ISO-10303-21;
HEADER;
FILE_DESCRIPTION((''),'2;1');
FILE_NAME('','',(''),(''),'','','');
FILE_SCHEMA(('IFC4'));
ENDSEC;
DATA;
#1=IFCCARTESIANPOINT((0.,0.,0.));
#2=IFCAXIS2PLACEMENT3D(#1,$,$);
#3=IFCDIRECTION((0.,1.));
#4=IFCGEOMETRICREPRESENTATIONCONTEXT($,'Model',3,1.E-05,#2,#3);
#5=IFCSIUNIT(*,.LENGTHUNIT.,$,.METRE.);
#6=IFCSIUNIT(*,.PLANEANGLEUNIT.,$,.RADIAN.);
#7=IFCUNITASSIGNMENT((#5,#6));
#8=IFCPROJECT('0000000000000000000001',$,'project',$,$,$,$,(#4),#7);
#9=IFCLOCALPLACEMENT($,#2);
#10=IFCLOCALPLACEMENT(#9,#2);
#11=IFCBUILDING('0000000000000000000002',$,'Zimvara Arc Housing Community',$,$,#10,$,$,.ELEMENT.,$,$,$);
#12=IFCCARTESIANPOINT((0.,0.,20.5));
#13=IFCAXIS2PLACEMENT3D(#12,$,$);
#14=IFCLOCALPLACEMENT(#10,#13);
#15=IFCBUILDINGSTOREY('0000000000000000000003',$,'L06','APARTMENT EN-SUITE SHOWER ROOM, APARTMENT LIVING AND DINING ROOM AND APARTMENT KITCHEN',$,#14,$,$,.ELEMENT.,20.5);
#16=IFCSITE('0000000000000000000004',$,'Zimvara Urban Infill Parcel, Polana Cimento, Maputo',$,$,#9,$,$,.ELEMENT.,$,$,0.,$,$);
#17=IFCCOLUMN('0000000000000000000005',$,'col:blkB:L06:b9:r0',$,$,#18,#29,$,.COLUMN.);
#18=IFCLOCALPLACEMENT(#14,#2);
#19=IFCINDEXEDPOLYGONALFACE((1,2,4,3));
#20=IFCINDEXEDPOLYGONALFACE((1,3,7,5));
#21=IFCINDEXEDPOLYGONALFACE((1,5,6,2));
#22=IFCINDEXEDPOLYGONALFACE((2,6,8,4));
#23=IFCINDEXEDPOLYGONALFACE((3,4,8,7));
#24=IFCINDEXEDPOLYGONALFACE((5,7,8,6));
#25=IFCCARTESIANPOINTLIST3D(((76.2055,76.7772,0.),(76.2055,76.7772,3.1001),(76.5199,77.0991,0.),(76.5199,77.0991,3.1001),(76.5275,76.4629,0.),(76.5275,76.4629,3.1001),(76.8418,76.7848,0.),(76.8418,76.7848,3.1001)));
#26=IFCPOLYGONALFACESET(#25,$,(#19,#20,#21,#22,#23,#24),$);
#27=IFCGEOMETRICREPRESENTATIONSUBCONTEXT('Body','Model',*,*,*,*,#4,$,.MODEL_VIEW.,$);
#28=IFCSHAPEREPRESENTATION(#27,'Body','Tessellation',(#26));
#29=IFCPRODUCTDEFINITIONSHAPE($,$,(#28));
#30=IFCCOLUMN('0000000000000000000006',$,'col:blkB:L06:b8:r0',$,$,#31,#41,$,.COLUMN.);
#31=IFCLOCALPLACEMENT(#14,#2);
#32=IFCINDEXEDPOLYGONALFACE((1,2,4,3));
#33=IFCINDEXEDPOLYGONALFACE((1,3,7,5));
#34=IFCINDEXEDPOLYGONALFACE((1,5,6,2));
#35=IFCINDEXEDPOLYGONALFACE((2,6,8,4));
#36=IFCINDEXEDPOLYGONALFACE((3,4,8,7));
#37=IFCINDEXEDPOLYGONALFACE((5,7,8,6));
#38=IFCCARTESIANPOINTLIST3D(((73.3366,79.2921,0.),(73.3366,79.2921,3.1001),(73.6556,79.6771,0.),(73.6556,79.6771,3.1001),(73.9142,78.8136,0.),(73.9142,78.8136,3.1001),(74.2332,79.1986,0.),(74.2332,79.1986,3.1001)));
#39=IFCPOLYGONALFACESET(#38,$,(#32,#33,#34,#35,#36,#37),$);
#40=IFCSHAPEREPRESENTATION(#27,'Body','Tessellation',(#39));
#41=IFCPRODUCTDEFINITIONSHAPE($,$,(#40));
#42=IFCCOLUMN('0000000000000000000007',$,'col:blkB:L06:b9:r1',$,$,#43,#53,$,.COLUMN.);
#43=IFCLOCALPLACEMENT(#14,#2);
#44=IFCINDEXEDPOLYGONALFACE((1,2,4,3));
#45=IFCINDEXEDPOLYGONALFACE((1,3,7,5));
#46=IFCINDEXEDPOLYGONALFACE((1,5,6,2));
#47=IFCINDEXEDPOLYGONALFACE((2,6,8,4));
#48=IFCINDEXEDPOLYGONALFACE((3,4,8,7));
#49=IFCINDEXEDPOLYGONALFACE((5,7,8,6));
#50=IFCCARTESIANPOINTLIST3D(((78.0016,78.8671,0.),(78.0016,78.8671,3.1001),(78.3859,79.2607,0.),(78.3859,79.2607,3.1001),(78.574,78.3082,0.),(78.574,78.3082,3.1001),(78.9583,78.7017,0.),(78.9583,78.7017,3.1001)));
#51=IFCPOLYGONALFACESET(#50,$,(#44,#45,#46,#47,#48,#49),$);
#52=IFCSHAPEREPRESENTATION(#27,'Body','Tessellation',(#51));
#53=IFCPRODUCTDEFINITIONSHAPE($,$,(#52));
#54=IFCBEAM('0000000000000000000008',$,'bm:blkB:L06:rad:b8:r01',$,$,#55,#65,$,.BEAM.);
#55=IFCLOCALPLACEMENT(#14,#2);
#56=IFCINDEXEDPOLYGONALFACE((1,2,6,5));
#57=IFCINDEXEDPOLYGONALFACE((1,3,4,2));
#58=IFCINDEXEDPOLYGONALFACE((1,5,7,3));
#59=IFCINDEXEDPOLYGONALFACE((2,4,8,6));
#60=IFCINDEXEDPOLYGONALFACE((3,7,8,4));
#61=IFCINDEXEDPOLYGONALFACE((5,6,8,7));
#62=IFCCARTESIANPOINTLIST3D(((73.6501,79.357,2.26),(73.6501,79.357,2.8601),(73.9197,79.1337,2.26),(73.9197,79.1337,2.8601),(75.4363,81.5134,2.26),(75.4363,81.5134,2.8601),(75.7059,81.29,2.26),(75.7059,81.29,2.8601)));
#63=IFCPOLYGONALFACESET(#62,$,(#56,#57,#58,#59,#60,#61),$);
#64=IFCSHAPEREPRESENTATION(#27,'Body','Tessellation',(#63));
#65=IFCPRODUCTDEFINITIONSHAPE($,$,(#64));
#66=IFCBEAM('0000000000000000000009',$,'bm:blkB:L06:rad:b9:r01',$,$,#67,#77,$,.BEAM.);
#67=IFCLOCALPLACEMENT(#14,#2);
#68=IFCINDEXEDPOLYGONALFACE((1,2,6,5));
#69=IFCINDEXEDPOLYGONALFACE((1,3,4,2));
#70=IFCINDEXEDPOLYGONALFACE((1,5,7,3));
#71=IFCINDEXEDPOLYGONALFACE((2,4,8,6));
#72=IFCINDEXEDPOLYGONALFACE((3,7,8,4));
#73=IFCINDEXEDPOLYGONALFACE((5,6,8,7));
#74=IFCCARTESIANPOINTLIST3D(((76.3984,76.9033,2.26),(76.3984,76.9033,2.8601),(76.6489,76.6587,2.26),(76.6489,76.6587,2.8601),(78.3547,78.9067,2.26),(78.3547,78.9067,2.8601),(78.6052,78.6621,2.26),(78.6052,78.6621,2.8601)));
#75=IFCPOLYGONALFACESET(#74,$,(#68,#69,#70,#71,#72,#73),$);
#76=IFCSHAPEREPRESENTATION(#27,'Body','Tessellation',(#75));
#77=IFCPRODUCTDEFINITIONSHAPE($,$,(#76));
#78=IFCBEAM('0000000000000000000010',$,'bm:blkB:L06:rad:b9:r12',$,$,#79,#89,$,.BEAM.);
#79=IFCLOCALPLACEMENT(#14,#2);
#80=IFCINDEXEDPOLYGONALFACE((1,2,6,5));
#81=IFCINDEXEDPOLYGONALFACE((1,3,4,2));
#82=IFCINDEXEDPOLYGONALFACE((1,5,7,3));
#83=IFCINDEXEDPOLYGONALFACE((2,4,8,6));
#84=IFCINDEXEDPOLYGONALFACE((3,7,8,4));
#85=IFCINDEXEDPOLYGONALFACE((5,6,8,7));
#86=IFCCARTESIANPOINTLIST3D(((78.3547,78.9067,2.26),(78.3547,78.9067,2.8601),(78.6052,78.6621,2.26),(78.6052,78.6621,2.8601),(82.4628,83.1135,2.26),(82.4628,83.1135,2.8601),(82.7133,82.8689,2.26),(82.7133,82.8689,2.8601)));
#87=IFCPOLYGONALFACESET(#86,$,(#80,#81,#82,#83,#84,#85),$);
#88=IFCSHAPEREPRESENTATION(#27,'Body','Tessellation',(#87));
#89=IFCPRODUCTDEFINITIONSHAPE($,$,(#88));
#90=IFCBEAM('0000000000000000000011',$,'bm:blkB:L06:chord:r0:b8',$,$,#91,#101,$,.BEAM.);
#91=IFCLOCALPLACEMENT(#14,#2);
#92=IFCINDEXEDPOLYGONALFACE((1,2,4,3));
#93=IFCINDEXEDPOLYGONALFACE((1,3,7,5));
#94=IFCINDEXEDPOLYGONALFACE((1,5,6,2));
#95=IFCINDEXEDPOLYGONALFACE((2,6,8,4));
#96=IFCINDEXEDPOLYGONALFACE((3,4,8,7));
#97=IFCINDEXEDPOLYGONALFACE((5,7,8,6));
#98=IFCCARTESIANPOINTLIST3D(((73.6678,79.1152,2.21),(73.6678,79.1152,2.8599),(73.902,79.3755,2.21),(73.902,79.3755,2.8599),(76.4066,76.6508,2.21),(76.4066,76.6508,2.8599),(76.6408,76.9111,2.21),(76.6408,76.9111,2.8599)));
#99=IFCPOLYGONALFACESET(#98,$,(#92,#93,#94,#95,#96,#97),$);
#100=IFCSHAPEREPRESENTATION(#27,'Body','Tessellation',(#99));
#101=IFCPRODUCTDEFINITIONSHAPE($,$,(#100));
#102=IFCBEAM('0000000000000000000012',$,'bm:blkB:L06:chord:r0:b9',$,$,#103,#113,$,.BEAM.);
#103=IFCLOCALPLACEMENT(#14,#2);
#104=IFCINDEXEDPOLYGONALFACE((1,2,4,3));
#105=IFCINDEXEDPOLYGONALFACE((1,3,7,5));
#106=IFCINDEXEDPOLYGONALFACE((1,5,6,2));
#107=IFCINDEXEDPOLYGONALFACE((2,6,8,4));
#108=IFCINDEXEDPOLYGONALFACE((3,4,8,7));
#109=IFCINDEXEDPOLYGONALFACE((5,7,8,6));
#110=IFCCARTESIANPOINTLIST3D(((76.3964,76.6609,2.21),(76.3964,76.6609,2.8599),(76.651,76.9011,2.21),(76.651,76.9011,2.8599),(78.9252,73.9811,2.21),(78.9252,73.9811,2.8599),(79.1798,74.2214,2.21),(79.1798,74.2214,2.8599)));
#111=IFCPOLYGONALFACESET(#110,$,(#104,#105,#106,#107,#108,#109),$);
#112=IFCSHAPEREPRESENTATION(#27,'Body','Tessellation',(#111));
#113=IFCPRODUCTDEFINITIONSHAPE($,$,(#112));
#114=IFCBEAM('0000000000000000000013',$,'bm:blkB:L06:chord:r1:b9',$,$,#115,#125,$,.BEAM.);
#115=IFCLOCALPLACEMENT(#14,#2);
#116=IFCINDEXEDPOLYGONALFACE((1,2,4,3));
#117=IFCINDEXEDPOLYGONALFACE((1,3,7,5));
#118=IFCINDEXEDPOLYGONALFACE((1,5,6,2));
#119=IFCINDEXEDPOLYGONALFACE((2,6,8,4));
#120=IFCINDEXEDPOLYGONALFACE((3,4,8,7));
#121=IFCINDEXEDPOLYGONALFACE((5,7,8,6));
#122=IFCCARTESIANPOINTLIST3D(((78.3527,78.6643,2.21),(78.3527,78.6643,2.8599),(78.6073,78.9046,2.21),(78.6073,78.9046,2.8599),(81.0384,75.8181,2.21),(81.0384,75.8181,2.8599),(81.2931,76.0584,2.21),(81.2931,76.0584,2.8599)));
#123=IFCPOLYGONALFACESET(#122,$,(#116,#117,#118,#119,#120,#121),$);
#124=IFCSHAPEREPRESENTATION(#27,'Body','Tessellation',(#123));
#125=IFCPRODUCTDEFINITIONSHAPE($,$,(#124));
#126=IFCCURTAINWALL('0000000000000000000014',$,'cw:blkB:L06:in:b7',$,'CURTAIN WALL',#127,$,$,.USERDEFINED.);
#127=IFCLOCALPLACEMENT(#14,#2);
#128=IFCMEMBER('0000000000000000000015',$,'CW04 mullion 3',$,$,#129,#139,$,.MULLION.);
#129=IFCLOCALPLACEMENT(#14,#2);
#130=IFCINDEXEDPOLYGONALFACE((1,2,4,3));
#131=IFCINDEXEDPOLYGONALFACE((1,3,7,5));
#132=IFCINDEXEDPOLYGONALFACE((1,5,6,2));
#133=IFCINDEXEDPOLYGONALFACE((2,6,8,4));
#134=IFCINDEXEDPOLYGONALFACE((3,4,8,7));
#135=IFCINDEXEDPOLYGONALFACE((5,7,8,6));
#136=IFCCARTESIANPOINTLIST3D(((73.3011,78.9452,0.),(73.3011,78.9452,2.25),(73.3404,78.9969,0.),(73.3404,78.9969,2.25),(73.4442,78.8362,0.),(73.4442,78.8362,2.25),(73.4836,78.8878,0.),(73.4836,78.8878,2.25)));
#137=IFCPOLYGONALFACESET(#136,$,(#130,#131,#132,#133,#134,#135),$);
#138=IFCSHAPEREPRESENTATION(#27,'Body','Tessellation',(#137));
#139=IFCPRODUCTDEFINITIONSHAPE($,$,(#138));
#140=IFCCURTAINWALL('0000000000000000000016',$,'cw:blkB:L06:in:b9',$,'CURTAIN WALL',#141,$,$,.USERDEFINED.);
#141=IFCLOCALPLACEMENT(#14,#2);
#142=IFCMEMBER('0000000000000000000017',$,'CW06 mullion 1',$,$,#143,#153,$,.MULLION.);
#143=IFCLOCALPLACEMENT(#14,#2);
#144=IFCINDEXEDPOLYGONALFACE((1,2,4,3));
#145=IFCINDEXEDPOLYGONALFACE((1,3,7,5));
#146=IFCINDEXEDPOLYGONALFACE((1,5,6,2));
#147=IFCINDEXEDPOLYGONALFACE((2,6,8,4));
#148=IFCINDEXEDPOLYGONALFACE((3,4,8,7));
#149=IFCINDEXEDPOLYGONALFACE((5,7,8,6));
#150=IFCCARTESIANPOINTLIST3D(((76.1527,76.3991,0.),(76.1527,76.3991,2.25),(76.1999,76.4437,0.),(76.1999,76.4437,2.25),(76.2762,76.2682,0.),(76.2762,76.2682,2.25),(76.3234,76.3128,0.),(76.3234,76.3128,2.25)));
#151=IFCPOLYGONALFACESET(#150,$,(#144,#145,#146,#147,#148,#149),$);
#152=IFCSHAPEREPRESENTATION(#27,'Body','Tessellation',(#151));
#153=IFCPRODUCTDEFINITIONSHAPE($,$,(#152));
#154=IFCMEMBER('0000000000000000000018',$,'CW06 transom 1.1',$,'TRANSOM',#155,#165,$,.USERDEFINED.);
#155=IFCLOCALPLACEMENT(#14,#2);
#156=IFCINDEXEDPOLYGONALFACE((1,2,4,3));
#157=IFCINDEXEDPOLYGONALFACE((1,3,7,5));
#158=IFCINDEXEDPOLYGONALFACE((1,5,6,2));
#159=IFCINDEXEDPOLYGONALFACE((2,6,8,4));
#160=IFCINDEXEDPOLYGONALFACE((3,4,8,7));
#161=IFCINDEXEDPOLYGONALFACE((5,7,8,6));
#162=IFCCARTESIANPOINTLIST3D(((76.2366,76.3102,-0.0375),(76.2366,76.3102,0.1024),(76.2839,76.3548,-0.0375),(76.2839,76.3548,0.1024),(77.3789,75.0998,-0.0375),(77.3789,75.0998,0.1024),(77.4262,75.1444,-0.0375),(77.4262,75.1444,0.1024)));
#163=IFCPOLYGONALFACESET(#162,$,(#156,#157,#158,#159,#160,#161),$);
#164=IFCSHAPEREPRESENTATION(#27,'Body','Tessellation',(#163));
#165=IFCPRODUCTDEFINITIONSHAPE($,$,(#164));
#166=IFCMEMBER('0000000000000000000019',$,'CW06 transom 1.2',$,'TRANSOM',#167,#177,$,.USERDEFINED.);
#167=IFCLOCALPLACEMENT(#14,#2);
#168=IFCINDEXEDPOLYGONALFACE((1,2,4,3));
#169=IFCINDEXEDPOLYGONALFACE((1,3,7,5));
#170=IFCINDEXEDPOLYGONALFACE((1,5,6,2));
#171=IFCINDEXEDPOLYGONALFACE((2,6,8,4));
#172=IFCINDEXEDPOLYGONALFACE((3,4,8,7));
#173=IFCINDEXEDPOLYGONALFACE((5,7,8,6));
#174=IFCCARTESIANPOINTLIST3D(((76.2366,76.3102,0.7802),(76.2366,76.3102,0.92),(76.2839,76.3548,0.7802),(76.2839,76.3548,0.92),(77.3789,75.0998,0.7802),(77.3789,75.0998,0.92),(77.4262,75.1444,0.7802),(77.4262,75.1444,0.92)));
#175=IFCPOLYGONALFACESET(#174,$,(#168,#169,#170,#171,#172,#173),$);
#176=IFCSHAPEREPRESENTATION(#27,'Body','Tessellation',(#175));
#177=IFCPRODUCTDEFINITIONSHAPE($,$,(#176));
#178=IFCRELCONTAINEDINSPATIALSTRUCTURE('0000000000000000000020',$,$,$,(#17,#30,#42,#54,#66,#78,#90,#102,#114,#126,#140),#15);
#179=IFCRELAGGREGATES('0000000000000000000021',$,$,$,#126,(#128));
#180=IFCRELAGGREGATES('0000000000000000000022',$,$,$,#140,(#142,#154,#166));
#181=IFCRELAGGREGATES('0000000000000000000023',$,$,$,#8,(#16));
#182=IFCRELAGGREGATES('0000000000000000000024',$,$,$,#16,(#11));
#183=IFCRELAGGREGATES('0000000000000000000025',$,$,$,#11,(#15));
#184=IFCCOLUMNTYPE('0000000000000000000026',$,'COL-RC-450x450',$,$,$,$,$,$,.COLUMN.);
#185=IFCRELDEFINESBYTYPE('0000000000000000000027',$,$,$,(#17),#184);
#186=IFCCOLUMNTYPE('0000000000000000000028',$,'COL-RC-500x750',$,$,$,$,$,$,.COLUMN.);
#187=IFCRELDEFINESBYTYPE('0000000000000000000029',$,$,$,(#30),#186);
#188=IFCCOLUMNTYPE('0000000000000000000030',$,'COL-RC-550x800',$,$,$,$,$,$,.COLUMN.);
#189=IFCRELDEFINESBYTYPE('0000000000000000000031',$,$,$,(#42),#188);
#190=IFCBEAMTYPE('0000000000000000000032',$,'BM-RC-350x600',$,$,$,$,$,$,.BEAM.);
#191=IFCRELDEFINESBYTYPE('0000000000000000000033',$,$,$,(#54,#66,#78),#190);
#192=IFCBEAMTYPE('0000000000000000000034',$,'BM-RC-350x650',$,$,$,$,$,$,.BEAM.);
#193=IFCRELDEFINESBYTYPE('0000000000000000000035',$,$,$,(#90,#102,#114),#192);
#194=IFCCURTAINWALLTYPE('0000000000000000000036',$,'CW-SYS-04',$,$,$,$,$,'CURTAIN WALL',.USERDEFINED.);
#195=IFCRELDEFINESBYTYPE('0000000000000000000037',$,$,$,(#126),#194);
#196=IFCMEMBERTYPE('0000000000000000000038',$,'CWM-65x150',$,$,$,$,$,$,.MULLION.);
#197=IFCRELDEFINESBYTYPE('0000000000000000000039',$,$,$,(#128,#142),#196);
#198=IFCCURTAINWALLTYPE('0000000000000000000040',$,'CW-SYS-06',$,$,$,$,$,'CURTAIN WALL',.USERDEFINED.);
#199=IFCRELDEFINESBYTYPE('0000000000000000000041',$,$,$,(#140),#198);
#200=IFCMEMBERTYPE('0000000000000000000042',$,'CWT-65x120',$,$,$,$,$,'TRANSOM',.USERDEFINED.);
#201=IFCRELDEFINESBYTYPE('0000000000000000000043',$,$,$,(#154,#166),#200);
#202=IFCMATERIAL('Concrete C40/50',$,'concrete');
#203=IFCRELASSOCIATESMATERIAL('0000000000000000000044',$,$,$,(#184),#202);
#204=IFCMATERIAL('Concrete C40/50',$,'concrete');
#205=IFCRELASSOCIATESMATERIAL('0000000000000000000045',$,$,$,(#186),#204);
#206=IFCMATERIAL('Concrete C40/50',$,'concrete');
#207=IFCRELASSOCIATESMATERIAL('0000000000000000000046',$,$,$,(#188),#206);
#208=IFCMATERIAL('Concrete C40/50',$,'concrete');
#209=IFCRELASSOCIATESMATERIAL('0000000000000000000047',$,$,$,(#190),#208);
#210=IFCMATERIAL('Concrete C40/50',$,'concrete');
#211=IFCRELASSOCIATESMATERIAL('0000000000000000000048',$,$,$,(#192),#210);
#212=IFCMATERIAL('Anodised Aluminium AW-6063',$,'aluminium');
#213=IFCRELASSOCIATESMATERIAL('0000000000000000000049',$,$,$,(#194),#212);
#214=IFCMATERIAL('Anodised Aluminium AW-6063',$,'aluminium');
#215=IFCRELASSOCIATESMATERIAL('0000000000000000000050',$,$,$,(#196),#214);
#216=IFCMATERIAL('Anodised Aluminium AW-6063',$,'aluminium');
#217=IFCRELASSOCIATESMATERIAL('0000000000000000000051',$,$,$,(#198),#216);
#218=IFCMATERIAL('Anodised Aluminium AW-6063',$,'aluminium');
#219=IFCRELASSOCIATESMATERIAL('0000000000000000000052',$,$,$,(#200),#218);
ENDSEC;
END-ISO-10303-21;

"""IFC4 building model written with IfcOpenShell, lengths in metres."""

from ifc_helpers import new_model, si_unit, direction, frame, origin, origin_2d, place, context, subcontext, project, spatial, rectangle, extrude, material, material_profile, profile_set, type_object, element, aggregate, save


model = new_model("IFC4")

# Units and contexts
model_context = context("Model", 3, precision=1e-05, world=origin(), true_north=direction((0.0, 1.0)))
body_context = subcontext(model_context, "Body", "Model", "MODEL_VIEW")
ifc_project = project(units=[si_unit("LENGTHUNIT", "METRE"), si_unit("PLANEANGLEUNIT", "RADIAN")], contexts=[model_context])

# Site, building, storey
site_placement = place(None, origin())
site = spatial("IfcSite", under=ifc_project, at=site_placement, Name="Zimvara Urban Infill Parcel, Polana Cimento, Maputo", CompositionType="ELEMENT", RefElevation=0.0)
building_placement = place(site_placement, origin())
building = spatial("IfcBuilding", under=site, at=building_placement, Name="Zimvara Arc Housing Community", CompositionType="ELEMENT")
storey_placement = place(building_placement, frame((0.0, 0.0, 20.5)))
storey = spatial("IfcBuildingStorey", under=building, at=storey_placement, Name="L06", Description="APARTMENT EN-SUITE SHOWER ROOM, APARTMENT LIVING AND DINING ROOM AND APARTMENT KITCHEN", CompositionType="ELEMENT", Elevation=20.5)

# Columns
ifc_material_1 = material(Name="Concrete C40/50", Category="concrete")
ifc_material_profile_1 = material_profile(ifc_material_1, rectangle(XDim=0.45, YDim=0.45, at=origin_2d()), Name="RC 450x450")
ifc_profile_set_1 = profile_set([ifc_material_profile_1], Name="Concrete C40/50")
column_type_1 = type_object("IfcColumnType", Name="COL-RC-450x450", PredefinedType="COLUMN", material=ifc_profile_set_1)
column_1_placement = place(storey_placement, frame((76.5237, 76.781, 0.0), z_axis=(0.0, 0.0, 1.0), x_axis=(0.698665, 0.715449, 0.0)))
element("IfcColumn", 1, at=column_1_placement, inside=storey, type_object=column_type_1, Name="col:blkB:L06:b9:r0", PredefinedType="COLUMN", context=body_context, shape_type="SweptSolid", body=[
    extrude(rectangle(XDim=0.45, YDim=0.45, at=origin_2d()), origin(), (0.0, 0.0, 1.0), 3.1001),
])
ifc_material_2 = material(Name="Concrete C40/50", Category="concrete")
ifc_material_profile_2 = material_profile(ifc_material_2, rectangle(XDim=0.5, YDim=0.75, at=origin_2d()), Name="RC 500x750")
ifc_profile_set_2 = profile_set([ifc_material_profile_2], Name="Concrete C40/50")
column_type_2 = type_object("IfcColumnType", Name="COL-RC-500x750", PredefinedType="COLUMN", material=ifc_profile_set_2)
column_2_placement = place(storey_placement, frame((73.7849, 79.2454, 0.0), z_axis=(0.0, 0.0, 1.0), x_axis=(0.637962, 0.770068, 0.0)))
element("IfcColumn", 2, at=column_2_placement, inside=storey, type_object=column_type_2, Name="col:blkB:L06:b8:r0", PredefinedType="COLUMN", context=body_context, shape_type="SweptSolid", body=[
    extrude(rectangle(XDim=0.5, YDim=0.75, at=origin_2d()), origin(), (0.0, 0.0, 1.0), 3.1001),
])
ifc_material_3 = material(Name="Concrete C40/50", Category="concrete")
ifc_material_profile_3 = material_profile(ifc_material_3, rectangle(XDim=0.55, YDim=0.8, at=origin_2d()), Name="RC 550x800")
ifc_profile_set_3 = profile_set([ifc_material_profile_3], Name="Concrete C40/50")
column_type_3 = type_object("IfcColumnType", Name="COL-RC-550x800", PredefinedType="COLUMN", material=ifc_profile_set_3)
column_3_placement = place(storey_placement, frame((78.48, 78.7844, 0.0), z_axis=(0.0, 0.0, 1.0), x_axis=(0.698665, 0.715449, 0.0)))
element("IfcColumn", 3, at=column_3_placement, inside=storey, type_object=column_type_3, Name="col:blkB:L06:b9:r1", PredefinedType="COLUMN", context=body_context, shape_type="SweptSolid", body=[
    extrude(rectangle(XDim=0.55, YDim=0.8, at=origin_2d()), origin(), (0.0, 0.0, 1.0), 3.1001),
])

# Beams
ifc_material_4 = material(Name="Concrete C40/50", Category="concrete")
ifc_material_profile_4 = material_profile(ifc_material_4, rectangle(XDim=0.3501, YDim=0.6001, at=origin_2d()), Name="RC 350x600")
ifc_profile_set_4 = profile_set([ifc_material_profile_4], Name="Concrete C40/50")
beam_type_1 = type_object("IfcBeamType", Name="BM-RC-350x600", PredefinedType="BEAM", material=ifc_profile_set_4)
for number, where, z_axis, x_axis, name in (
    (4, (73.7849, 79.2454, 2.5601), (0.637917, 0.770105, 0.0), (-0.770105, 0.637917, 0.0), "bm:blkB:L06:rad:b8:r01"),
    (5, (76.5237, 76.781, 2.5601), (0.698643, 0.71547, 0.0), (-0.71547, 0.698643, 0.0), "bm:blkB:L06:rad:b9:r01"),
):
    element("IfcBeam", number, at=place(storey_placement, frame(where, z_axis=z_axis, x_axis=x_axis)), inside=storey, type_object=beam_type_1, Name=name, PredefinedType="BEAM", context=body_context, shape_type="SweptSolid", body=[
        extrude(rectangle(XDim=0.3501, YDim=0.6001, at=origin_2d()), origin(), (0.0, 0.0, 1.0), 2.8),
    ])
beam_1_placement = place(storey_placement, frame((78.48, 78.7844, 2.5601), z_axis=(0.69867, 0.715444, 0.0), x_axis=(-0.715444, 0.69867, 0.0)))
element("IfcBeam", 6, at=beam_1_placement, inside=storey, type_object=beam_type_1, Name="bm:blkB:L06:rad:b9:r12", PredefinedType="BEAM", context=body_context, shape_type="SweptSolid", body=[
    extrude(rectangle(XDim=0.3501, YDim=0.6001, at=origin_2d()), origin(), (0.0, 0.0, 1.0), 5.8799),
])
ifc_material_5 = material(Name="Concrete C40/50", Category="concrete")
ifc_material_profile_5 = material_profile(ifc_material_5, rectangle(XDim=0.3501, YDim=0.6499, at=origin_2d()), Name="RC 350x650")
ifc_profile_set_5 = profile_set([ifc_material_profile_5], Name="Concrete C40/50")
beam_type_2 = type_object("IfcBeamType", Name="BM-RC-350x650", PredefinedType="BEAM", material=ifc_profile_set_5)
beam_2_placement = place(storey_placement, frame((73.7849, 79.2454, 2.5349), z_axis=(0.743367, -0.668884, 0.0), x_axis=(0.668884, 0.743367, 0.0)))
element("IfcBeam", 7, at=beam_2_placement, inside=storey, type_object=beam_type_2, Name="bm:blkB:L06:chord:r0:b8", PredefinedType="BEAM", context=body_context, shape_type="SweptSolid", body=[
    extrude(rectangle(XDim=0.3501, YDim=0.6499, at=origin_2d()), origin(), (0.0, 0.0, 1.0), 3.6843),
])
beam_3_placement = place(storey_placement, frame((76.5237, 76.781, 2.5349), z_axis=(0.686336, -0.727285, 0.0), x_axis=(0.727285, 0.686336, 0.0)))
element("IfcBeam", 8, at=beam_3_placement, inside=storey, type_object=beam_type_2, Name="bm:blkB:L06:chord:r0:b9", PredefinedType="BEAM", context=body_context, shape_type="SweptSolid", body=[
    extrude(rectangle(XDim=0.3501, YDim=0.6499, at=origin_2d()), origin(), (0.0, 0.0, 1.0), 3.6846),
])
beam_4_placement = place(storey_placement, frame((78.48, 78.7844, 2.5349), z_axis=(0.686316, -0.727304, 0.0), x_axis=(0.727304, 0.686316, 0.0)))
element("IfcBeam", 9, at=beam_4_placement, inside=storey, type_object=beam_type_2, Name="bm:blkB:L06:chord:r1:b9", PredefinedType="BEAM", context=body_context, shape_type="SweptSolid", body=[
    extrude(rectangle(XDim=0.3501, YDim=0.6499, at=origin_2d()), origin(), (0.0, 0.0, 1.0), 3.9133),
])

# Curtain wall, member
ifc_material_6 = material(Name="Anodised Aluminium AW-6063", Category="aluminium")
curtain_wall_type_1 = type_object("IfcCurtainWallType", Name="CW-SYS-04", ElementType="CURTAIN WALL", PredefinedType="USERDEFINED", material=ifc_material_6)
curtain_wall_1_placement = place(storey_placement, origin())
curtain_wall_1 = element("IfcCurtainWall", 10, at=curtain_wall_1_placement, inside=storey, type_object=curtain_wall_type_1, Name="cw:blkB:L06:in:b7", ObjectType="CURTAIN WALL", PredefinedType="USERDEFINED")
ifc_material_7 = material(Name="Anodised Aluminium AW-6063", Category="aluminium")
ifc_material_profile_6 = material_profile(ifc_material_7, rectangle(XDim=0.0649, YDim=0.1799, at=origin_2d()), Name="ALU 65x180")
ifc_profile_set_6 = profile_set([ifc_material_profile_6], Name="Anodised Aluminium AW-6063")
member_type_1 = type_object("IfcMemberType", Name="CWM-65x150", PredefinedType="MULLION", material=ifc_profile_set_6)
member_1_placement = place(storey_placement, frame((73.3923, 78.9165, 0.0), z_axis=(0.0, 0.0, 1.0), x_axis=(0.605988, 0.795474, 0.0)))
member_1 = element("IfcMember", 11, at=member_1_placement, type_object=member_type_1, Name="CW04 mullion 3", PredefinedType="MULLION", context=body_context, shape_type="SweptSolid", body=[
    extrude(rectangle(XDim=0.0649, YDim=0.1799, at=origin_2d()), origin(), (0.0, 0.0, 1.0), 2.25),
])

# Curtain wall, members
ifc_material_8 = material(Name="Anodised Aluminium AW-6063", Category="aluminium")
curtain_wall_type_2 = type_object("IfcCurtainWallType", Name="CW-SYS-06", ElementType="CURTAIN WALL", PredefinedType="USERDEFINED", material=ifc_material_8)
curtain_wall_2_placement = place(storey_placement, origin())
curtain_wall_2 = element("IfcCurtainWall", 12, at=curtain_wall_2_placement, inside=storey, type_object=curtain_wall_type_2, Name="cw:blkB:L06:in:b9", ObjectType="CURTAIN WALL", PredefinedType="USERDEFINED")
member_2_placement = place(storey_placement, frame((76.238, 76.356, 0.0), z_axis=(0.0, 0.0, 1.0), x_axis=(0.727293, 0.686327, 0.0)))
member_2 = element("IfcMember", 13, at=member_2_placement, type_object=member_type_1, Name="CW06 mullion 1", PredefinedType="MULLION", context=body_context, shape_type="SweptSolid", body=[
    extrude(rectangle(XDim=0.0649, YDim=0.1799, at=origin_2d()), origin(), (0.0, 0.0, 1.0), 2.25),
])
ifc_material_9 = material(Name="Anodised Aluminium AW-6063", Category="aluminium")
ifc_material_profile_7 = material_profile(ifc_material_9, rectangle(XDim=0.0649, YDim=0.1399, at=origin_2d()), Name="ALU 65x140")
ifc_profile_set_7 = profile_set([ifc_material_profile_7], Name="Anodised Aluminium AW-6063")
member_type_2 = type_object("IfcMemberType", Name="CWT-65x120", ElementType="TRANSOM", PredefinedType="USERDEFINED", material=ifc_profile_set_7)
member_3_placement = place(storey_placement, frame((76.2603, 76.3325, 0.0325), z_axis=(0.686348, -0.727273, 0.0), x_axis=(0.727273, 0.686348, 0.0)))
member_3 = element("IfcMember", 14, at=member_3_placement, type_object=member_type_2, Name="CW06 transom 1.1", ObjectType="TRANSOM", PredefinedType="USERDEFINED", context=body_context, shape_type="SweptSolid", body=[
    extrude(rectangle(XDim=0.0649, YDim=0.1399, at=origin_2d()), origin(), (0.0, 0.0, 1.0), 1.6643),
])
member_4_placement = place(storey_placement, frame((76.2603, 76.3325, 0.8501), z_axis=(0.686348, -0.727273, 0.0), x_axis=(0.727273, 0.686348, 0.0)))
member_4 = element("IfcMember", 15, at=member_4_placement, type_object=member_type_2, Name="CW06 transom 1.2", ObjectType="TRANSOM", PredefinedType="USERDEFINED", context=body_context, shape_type="SweptSolid", body=[
    extrude(rectangle(XDim=0.0649, YDim=0.1399, at=origin_2d()), origin(), (0.0, 0.0, 1.0), 1.6643),
])

aggregate(curtain_wall_1, [member_1])
aggregate(curtain_wall_2, [member_2, member_3, member_4])

save(model, "model.ifc")
